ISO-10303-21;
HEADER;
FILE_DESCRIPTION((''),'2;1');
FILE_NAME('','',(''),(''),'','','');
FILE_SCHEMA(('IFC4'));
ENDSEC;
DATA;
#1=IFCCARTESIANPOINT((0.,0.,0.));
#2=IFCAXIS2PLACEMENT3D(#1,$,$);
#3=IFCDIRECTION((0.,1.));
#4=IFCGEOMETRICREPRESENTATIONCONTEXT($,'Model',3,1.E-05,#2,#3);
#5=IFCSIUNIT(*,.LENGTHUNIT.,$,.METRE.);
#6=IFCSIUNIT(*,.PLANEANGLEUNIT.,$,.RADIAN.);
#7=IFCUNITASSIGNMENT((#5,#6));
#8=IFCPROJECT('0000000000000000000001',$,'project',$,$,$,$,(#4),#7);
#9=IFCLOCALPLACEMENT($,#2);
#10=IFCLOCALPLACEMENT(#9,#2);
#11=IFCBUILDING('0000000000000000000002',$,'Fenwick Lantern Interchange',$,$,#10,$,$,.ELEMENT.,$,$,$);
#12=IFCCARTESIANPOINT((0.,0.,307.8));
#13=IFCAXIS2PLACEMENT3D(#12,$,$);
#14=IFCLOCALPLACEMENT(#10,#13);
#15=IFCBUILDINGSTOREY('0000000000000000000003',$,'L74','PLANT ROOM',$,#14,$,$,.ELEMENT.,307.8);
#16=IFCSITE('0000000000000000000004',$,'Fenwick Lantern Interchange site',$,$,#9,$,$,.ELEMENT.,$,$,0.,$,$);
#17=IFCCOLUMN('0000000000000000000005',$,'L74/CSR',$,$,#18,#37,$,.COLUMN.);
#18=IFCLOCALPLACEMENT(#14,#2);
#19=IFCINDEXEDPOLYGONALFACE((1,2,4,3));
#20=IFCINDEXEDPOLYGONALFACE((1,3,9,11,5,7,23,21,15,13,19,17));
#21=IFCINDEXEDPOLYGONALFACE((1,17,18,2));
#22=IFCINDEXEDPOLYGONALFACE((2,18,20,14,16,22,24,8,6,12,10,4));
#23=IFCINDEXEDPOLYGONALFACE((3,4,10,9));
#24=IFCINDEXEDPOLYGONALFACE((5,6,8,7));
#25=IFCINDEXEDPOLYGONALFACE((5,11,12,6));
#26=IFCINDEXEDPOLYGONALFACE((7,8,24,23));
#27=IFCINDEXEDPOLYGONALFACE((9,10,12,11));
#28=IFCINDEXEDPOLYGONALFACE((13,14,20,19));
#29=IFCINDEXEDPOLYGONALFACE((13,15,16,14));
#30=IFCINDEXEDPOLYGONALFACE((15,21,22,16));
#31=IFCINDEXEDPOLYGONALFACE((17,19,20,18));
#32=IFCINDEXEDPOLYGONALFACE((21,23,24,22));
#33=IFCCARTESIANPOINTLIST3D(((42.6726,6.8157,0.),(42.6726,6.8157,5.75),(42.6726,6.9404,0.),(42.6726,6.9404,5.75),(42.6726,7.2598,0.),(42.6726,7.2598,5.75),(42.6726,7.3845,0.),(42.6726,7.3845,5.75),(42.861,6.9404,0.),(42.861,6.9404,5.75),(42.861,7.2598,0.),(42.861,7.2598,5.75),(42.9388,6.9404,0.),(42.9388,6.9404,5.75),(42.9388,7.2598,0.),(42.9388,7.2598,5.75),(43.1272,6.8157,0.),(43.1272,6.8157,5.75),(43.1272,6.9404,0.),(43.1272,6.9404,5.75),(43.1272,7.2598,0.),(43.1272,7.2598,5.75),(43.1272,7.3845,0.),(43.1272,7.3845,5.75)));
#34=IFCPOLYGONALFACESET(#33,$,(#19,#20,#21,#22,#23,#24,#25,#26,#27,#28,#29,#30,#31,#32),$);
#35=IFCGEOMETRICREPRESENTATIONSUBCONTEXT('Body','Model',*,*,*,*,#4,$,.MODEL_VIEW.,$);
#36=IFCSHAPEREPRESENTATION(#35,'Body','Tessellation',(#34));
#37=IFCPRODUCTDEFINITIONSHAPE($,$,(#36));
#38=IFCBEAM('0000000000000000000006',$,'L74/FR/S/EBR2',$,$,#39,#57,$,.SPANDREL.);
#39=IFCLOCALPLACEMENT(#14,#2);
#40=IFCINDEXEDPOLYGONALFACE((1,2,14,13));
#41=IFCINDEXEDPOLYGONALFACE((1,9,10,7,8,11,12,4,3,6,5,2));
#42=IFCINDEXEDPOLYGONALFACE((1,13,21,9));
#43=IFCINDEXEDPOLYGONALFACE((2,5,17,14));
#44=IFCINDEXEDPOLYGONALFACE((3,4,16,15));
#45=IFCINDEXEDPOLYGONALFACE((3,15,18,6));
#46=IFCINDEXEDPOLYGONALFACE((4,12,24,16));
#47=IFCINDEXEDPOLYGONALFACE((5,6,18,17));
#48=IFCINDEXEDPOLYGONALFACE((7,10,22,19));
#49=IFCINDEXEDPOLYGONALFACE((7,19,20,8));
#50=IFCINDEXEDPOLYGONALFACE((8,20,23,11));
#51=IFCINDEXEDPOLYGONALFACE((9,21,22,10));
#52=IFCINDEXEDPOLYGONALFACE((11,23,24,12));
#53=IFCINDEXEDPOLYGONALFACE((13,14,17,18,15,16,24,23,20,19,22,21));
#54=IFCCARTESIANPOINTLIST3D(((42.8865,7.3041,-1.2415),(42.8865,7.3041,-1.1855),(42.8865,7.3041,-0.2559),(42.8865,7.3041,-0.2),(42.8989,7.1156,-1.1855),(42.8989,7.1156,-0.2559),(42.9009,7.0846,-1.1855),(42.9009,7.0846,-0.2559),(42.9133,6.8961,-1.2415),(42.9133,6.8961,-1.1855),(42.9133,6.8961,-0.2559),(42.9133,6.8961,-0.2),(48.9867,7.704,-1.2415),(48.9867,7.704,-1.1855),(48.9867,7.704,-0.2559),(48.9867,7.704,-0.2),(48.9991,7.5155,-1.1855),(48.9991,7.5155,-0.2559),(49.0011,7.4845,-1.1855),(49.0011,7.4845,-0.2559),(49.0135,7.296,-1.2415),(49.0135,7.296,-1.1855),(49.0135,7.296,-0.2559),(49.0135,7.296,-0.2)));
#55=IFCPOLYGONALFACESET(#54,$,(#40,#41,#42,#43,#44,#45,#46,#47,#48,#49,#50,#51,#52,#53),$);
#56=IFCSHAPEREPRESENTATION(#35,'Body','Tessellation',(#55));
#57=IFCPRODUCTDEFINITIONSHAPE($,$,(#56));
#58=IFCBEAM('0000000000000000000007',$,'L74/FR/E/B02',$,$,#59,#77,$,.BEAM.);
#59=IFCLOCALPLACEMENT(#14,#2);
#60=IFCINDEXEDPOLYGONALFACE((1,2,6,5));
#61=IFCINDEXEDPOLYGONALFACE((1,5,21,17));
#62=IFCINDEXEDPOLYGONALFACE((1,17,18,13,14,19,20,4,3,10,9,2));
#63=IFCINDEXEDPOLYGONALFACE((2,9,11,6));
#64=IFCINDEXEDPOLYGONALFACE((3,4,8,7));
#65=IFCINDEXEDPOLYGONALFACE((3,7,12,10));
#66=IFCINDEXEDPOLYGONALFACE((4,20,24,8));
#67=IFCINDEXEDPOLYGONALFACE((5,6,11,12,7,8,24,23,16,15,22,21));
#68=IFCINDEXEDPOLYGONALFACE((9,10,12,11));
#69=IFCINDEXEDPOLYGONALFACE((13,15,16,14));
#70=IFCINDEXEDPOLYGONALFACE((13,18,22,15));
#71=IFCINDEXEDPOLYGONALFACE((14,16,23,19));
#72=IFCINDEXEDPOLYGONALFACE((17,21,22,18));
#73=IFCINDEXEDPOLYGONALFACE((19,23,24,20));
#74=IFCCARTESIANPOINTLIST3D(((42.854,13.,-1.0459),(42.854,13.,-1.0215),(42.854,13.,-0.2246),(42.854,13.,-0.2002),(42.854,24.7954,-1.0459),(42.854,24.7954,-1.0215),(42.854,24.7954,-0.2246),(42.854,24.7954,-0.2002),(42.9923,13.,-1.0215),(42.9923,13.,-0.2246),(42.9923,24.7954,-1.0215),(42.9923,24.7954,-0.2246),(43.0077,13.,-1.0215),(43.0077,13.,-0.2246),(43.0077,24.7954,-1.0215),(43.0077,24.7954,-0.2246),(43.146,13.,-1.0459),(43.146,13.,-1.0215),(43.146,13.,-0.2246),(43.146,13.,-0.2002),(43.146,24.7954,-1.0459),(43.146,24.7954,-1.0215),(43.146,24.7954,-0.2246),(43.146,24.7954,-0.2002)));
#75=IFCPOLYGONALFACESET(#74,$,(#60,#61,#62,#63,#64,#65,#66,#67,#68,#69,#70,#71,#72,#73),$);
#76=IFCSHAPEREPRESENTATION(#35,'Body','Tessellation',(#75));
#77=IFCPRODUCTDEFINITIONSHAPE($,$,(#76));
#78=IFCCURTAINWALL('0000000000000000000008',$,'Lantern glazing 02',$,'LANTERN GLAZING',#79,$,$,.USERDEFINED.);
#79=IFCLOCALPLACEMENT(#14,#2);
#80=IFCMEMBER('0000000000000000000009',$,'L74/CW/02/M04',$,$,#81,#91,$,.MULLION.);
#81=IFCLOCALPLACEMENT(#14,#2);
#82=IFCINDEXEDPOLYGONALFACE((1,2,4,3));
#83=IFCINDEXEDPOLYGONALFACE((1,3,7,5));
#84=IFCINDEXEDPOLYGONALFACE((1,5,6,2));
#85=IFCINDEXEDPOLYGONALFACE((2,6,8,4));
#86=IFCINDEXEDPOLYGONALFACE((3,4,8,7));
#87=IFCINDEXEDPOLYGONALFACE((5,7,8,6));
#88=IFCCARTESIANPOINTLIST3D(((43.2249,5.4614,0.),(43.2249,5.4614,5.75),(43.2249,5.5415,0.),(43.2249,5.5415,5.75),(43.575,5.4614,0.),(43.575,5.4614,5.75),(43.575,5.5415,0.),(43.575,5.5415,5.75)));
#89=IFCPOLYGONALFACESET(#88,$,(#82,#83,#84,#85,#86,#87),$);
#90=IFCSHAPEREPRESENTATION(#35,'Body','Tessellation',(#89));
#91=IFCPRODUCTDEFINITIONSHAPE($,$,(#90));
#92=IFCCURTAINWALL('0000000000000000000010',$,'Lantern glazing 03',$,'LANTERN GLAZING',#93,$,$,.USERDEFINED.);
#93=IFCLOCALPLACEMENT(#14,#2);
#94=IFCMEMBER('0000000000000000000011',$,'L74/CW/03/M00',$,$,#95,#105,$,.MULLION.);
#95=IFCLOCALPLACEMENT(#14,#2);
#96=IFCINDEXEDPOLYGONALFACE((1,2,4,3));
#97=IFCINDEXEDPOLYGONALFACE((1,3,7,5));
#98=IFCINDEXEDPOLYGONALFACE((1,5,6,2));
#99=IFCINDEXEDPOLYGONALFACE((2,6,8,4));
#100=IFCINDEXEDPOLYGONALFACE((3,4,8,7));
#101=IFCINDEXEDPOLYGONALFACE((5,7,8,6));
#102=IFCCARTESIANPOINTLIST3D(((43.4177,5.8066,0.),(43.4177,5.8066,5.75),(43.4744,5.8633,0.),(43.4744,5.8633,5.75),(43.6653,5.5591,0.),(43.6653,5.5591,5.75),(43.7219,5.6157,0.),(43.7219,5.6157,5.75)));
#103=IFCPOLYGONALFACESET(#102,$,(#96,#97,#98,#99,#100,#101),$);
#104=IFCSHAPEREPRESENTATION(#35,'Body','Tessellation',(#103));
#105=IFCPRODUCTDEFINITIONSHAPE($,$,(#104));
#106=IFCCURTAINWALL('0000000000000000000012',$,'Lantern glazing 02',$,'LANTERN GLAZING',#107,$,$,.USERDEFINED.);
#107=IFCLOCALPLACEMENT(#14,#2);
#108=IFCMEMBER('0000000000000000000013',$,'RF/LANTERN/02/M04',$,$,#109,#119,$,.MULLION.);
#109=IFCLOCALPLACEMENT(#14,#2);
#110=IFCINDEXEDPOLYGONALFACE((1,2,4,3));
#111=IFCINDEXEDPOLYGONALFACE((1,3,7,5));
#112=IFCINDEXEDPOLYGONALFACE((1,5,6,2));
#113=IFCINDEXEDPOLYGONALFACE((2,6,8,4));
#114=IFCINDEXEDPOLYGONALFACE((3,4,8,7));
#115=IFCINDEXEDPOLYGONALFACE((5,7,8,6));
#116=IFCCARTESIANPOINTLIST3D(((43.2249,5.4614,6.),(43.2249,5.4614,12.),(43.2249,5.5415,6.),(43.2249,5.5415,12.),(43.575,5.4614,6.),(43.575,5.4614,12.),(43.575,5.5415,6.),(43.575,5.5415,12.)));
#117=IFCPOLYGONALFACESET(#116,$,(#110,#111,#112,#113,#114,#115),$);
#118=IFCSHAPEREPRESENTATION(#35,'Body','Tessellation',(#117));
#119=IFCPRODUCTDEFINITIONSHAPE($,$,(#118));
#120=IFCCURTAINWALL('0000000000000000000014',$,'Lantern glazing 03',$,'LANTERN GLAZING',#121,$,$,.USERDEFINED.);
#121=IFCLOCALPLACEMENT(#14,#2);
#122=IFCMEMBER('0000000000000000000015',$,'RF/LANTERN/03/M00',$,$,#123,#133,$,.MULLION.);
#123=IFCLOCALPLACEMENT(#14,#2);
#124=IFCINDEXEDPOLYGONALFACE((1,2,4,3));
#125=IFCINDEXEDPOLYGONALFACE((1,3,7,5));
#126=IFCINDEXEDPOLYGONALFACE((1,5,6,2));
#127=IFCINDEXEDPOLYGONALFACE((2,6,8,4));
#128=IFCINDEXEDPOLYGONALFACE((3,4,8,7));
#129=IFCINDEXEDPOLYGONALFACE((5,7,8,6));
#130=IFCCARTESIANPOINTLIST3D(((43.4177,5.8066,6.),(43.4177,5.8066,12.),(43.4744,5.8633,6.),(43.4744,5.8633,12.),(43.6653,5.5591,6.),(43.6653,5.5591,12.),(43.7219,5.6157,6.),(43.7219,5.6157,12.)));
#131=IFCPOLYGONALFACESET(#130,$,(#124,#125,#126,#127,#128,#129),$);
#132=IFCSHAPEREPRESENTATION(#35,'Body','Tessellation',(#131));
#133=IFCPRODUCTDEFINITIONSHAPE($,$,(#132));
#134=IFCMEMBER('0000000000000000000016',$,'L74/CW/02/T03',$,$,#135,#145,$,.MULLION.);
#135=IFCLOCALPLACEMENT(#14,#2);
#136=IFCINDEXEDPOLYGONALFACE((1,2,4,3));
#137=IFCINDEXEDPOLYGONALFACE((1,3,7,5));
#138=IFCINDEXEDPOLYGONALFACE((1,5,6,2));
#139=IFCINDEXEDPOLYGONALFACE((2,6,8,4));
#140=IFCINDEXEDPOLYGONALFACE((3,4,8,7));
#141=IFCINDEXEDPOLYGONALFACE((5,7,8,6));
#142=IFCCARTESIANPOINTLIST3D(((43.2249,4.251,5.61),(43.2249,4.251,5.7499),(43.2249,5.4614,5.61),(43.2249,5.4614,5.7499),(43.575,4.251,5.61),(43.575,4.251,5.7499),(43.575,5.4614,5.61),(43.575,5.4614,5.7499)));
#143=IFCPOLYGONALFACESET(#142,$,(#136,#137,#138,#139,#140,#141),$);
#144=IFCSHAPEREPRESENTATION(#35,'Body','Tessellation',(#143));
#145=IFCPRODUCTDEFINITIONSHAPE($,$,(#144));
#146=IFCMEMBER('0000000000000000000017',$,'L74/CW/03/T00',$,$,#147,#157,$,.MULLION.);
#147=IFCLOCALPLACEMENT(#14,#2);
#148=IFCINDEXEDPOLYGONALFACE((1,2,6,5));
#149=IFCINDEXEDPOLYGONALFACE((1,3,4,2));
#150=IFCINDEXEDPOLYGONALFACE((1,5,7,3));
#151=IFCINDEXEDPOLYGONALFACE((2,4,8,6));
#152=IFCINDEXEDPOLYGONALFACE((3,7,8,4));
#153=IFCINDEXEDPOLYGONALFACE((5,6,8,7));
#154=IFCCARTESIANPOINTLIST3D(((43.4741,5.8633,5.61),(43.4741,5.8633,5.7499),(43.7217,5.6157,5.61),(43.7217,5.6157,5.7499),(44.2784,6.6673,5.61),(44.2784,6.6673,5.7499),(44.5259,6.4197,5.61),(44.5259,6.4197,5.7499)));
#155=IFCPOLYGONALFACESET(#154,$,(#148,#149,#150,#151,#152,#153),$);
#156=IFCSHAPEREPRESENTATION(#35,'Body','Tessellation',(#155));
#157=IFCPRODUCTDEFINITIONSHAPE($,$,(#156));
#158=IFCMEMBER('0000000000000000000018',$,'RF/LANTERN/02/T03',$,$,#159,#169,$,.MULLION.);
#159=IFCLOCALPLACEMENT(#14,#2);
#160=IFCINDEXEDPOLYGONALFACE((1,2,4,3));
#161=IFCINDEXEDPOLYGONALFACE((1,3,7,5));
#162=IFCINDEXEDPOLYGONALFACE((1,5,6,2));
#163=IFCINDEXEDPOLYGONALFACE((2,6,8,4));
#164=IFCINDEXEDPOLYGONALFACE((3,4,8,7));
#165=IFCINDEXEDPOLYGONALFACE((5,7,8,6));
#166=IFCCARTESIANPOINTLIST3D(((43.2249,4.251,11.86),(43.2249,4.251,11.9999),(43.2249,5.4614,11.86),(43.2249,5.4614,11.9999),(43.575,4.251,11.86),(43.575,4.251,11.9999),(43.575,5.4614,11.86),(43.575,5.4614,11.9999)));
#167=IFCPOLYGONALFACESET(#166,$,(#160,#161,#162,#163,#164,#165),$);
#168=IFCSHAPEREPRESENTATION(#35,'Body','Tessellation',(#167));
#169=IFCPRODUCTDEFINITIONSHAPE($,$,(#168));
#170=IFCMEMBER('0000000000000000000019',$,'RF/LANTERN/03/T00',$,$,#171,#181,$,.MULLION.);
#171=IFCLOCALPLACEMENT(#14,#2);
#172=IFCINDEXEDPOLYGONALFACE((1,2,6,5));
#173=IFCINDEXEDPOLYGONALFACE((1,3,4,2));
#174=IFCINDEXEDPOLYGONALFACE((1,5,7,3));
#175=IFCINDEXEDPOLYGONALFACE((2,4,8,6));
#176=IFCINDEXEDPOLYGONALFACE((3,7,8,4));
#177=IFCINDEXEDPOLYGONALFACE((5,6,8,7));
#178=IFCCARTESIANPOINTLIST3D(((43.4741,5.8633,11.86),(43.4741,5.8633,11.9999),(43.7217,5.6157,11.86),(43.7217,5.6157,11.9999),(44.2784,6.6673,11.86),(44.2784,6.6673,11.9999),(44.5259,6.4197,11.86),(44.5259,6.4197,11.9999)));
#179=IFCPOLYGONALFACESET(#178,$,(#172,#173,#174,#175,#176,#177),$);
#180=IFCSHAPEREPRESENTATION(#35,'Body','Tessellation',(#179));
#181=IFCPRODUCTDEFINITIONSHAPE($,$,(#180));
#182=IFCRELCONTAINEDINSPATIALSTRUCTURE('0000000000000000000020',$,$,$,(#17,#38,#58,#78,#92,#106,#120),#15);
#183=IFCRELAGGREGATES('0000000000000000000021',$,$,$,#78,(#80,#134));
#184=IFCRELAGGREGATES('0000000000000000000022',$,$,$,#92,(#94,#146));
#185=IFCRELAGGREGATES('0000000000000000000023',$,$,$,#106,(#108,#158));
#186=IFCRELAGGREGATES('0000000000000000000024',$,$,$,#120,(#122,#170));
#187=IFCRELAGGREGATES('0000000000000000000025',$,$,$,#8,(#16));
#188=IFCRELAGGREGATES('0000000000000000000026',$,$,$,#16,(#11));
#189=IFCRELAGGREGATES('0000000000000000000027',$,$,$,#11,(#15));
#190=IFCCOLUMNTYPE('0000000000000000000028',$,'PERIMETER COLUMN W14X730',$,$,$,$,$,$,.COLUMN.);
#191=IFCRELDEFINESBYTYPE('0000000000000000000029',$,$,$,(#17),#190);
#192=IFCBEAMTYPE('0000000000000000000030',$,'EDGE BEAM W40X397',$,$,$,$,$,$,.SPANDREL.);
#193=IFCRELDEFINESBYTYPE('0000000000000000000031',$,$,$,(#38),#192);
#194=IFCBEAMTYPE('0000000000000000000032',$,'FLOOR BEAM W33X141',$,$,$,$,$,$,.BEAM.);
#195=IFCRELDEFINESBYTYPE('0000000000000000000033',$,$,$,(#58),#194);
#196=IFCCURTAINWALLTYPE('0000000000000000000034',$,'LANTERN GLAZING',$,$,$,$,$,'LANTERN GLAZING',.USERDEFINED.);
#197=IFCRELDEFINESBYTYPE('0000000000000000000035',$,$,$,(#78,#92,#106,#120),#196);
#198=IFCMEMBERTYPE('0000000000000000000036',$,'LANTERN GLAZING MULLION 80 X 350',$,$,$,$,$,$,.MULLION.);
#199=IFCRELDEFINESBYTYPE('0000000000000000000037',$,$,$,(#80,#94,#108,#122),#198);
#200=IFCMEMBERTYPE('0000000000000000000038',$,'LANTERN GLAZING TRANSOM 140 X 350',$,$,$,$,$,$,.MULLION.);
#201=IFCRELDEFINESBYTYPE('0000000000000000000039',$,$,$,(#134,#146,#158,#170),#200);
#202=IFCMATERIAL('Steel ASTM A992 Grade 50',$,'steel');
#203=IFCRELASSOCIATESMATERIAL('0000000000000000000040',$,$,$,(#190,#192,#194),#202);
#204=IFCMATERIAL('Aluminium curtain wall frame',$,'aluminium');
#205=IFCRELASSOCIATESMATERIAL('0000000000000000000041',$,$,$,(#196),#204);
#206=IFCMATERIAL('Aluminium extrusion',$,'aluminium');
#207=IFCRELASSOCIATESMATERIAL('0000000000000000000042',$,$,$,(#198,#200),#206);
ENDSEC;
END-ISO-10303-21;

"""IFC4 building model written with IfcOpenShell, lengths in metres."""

from ifc_helpers import new_model, si_unit, direction, frame, origin, origin_2d, place, context, subcontext, project, spatial, rectangle, i_section, extrude, material, material_profile, profile_set, type_object, element, aggregate, save


model = new_model("IFC4")

# Units and contexts
model_context = context("Model", 3, precision=1e-05, world=origin(), true_north=direction((0.0, 1.0)))
body_context = subcontext(model_context, "Body", "Model", "MODEL_VIEW")
ifc_project = project(units=[si_unit("LENGTHUNIT", "METRE"), si_unit("PLANEANGLEUNIT", "RADIAN")], contexts=[model_context])

# Site, building, storey
site_placement = place(None, origin())
site = spatial("IfcSite", under=ifc_project, at=site_placement, Name="Fenwick Lantern Interchange site", CompositionType="ELEMENT", RefElevation=0.0)
building_placement = place(site_placement, origin())
building = spatial("IfcBuilding", under=site, at=building_placement, Name="Fenwick Lantern Interchange", CompositionType="ELEMENT")
storey_placement = place(building_placement, frame((0.0, 0.0, 307.8)))
storey = spatial("IfcBuildingStorey", under=building, at=storey_placement, Name="L74", Description="PLANT ROOM", CompositionType="ELEMENT", Elevation=307.8)

# Column
ifc_material_1 = material(Name="Steel ASTM A992 Grade 50", Category="steel")
ifc_material_profile_1 = material_profile(ifc_material_1, i_section(OverallWidth=0.4546, OverallDepth=0.5688, WebThickness=0.0779, FlangeThickness=0.1248, at=origin_2d()), Name="W14X730")
ifc_profile_set_1 = profile_set([ifc_material_profile_1], Name="Steel ASTM A992 Grade 50")
column_type = type_object("IfcColumnType", Name="PERIMETER COLUMN W14X730", PredefinedType="COLUMN", material=ifc_profile_set_1)
column_placement = place(storey_placement, frame((42.8999, 7.1001, 0.0), z_axis=(0.0, 0.0, 1.0), x_axis=(1.0, 0.0, 0.0)))
element("IfcColumn", 1, at=column_placement, inside=storey, type_object=column_type, Name="L74/CSR", PredefinedType="COLUMN", context=body_context, shape_type="SweptSolid", body=[
    extrude(i_section(OverallWidth=0.4546, OverallDepth=0.5688, WebThickness=0.0779, FlangeThickness=0.1248, at=origin_2d()), origin(), (0.0, 0.0, 1.0), 5.75),
])

# Beams
ifc_material_profile_2 = material_profile(ifc_material_1, i_section(OverallWidth=0.4089, OverallDepth=1.0415, WebThickness=0.031, FlangeThickness=0.0559, at=origin_2d()), Name="W40X397")
ifc_profile_set_2 = profile_set([ifc_material_profile_2], Name="Steel ASTM A992 Grade 50")
beam_type_1 = type_object("IfcBeamType", Name="EDGE BEAM W40X397", PredefinedType="SPANDREL", material=ifc_profile_set_2)
beam_1_placement = place(storey_placement, frame((42.8999, 7.1001, -0.7207), z_axis=(0.997858, 0.065416, 0.0), x_axis=(-0.065416, 0.997858, 0.0)))
element("IfcBeam", 2, at=beam_1_placement, inside=storey, type_object=beam_type_1, Name="L74/FR/S/EBR2", PredefinedType="SPANDREL", context=body_context, shape_type="SweptSolid", body=[
    extrude(i_section(OverallWidth=0.4089, OverallDepth=1.0415, WebThickness=0.031, FlangeThickness=0.0559, at=origin_2d()), origin(), (0.0, 0.0, 1.0), 6.1133),
])
ifc_material_profile_3 = material_profile(ifc_material_1, i_section(OverallWidth=0.292, OverallDepth=0.8457, WebThickness=0.0154, FlangeThickness=0.0244, at=origin_2d()), Name="W33X141")
ifc_profile_set_3 = profile_set([ifc_material_profile_3], Name="Steel ASTM A992 Grade 50")
beam_type_2 = type_object("IfcBeamType", Name="FLOOR BEAM W33X141", PredefinedType="BEAM", material=ifc_profile_set_3)
beam_2_placement = place(storey_placement, frame((43.0, 13.0, -0.623), z_axis=(0.0, 1.0, 0.0), x_axis=(-1.0, 0.0, 0.0)))
element("IfcBeam", 3, at=beam_2_placement, inside=storey, type_object=beam_type_2, Name="L74/FR/E/B02", PredefinedType="BEAM", context=body_context, shape_type="SweptSolid", body=[
    extrude(i_section(OverallWidth=0.292, OverallDepth=0.8457, WebThickness=0.0154, FlangeThickness=0.0244, at=origin_2d()), origin(), (0.0, 0.0, 1.0), 11.7954),
])

# Curtain walls, members
ifc_material_2 = material(Name="Aluminium curtain wall frame", Category="aluminium")
curtain_wall_type = type_object("IfcCurtainWallType", Name="LANTERN GLAZING", ElementType="LANTERN GLAZING", PredefinedType="USERDEFINED", material=ifc_material_2)
curtain_wall_1_placement = place(storey_placement, origin())
curtain_wall_1 = element("IfcCurtainWall", 4, at=curtain_wall_1_placement, inside=storey, type_object=curtain_wall_type, Name="Lantern glazing 02", ObjectType="LANTERN GLAZING", PredefinedType="USERDEFINED")
ifc_material_3 = material(Name="Aluminium extrusion", Category="aluminium")
ifc_material_profile_4 = material_profile(ifc_material_3, rectangle(XDim=0.3501, YDim=0.0801, at=origin_2d()), Name="LANTERN GLAZING MULLION 80 X 350")
ifc_profile_set_4 = profile_set([ifc_material_profile_4], Name="Aluminium extrusion")
member_type_1 = type_object("IfcMemberType", Name="LANTERN GLAZING MULLION 80 X 350", PredefinedType="MULLION", material=ifc_profile_set_4)
member_1_placement = place(storey_placement, frame((43.3999, 5.5015, 0.0), z_axis=(0.0, 0.0, 1.0), x_axis=(-1.0, 0.0, 0.0)))
member_1 = element("IfcMember", 5, at=member_1_placement, type_object=member_type_1, Name="L74/CW/02/M04", PredefinedType="MULLION", context=body_context, shape_type="SweptSolid", body=[
    extrude(rectangle(XDim=0.3501, YDim=0.0801, at=origin_2d()), origin(), (0.0, 0.0, 1.0), 5.75),
])
curtain_wall_2_placement = place(storey_placement, origin())
curtain_wall_2 = element("IfcCurtainWall", 6, at=curtain_wall_2_placement, inside=storey, type_object=curtain_wall_type, Name="Lantern glazing 03", ObjectType="LANTERN GLAZING", PredefinedType="USERDEFINED")
member_2_placement = place(storey_placement, frame((43.5698, 5.7112, 0.0), z_axis=(0.0, 0.0, 1.0), x_axis=(-0.707107, 0.707107, 0.0)))
member_2 = element("IfcMember", 7, at=member_2_placement, type_object=member_type_1, Name="L74/CW/03/M00", PredefinedType="MULLION", context=body_context, shape_type="SweptSolid", body=[
    extrude(rectangle(XDim=0.3501, YDim=0.0801, at=origin_2d()), origin(), (0.0, 0.0, 1.0), 5.75),
])
curtain_wall_3_placement = place(storey_placement, origin())
curtain_wall_3 = element("IfcCurtainWall", 8, at=curtain_wall_3_placement, inside=storey, type_object=curtain_wall_type, Name="Lantern glazing 02", ObjectType="LANTERN GLAZING", PredefinedType="USERDEFINED")
member_3_placement = place(storey_placement, frame((43.3999, 5.5015, 6.0), z_axis=(0.0, 0.0, 1.0), x_axis=(-1.0, 0.0, 0.0)))
member_3 = element("IfcMember", 9, at=member_3_placement, type_object=member_type_1, Name="RF/LANTERN/02/M04", PredefinedType="MULLION", context=body_context, shape_type="SweptSolid", body=[
    extrude(rectangle(XDim=0.3501, YDim=0.0801, at=origin_2d()), origin(), (0.0, 0.0, 1.0), 6.0),
])
curtain_wall_4_placement = place(storey_placement, origin())
curtain_wall_4 = element("IfcCurtainWall", 10, at=curtain_wall_4_placement, inside=storey, type_object=curtain_wall_type, Name="Lantern glazing 03", ObjectType="LANTERN GLAZING", PredefinedType="USERDEFINED")
member_4_placement = place(storey_placement, frame((43.5698, 5.7112, 6.0), z_axis=(0.0, 0.0, 1.0), x_axis=(-0.707107, 0.707107, 0.0)))
member_4 = element("IfcMember", 11, at=member_4_placement, type_object=member_type_1, Name="RF/LANTERN/03/M00", PredefinedType="MULLION", context=body_context, shape_type="SweptSolid", body=[
    extrude(rectangle(XDim=0.3501, YDim=0.0801, at=origin_2d()), origin(), (0.0, 0.0, 1.0), 6.0),
])

# Members
ifc_material_profile_5 = material_profile(ifc_material_3, rectangle(XDim=0.3501, YDim=0.1399, at=origin_2d()), Name="LANTERN GLAZING TRANSOM 140 X 350")
ifc_profile_set_5 = profile_set([ifc_material_profile_5], Name="Aluminium extrusion")
member_type_2 = type_object("IfcMemberType", Name="LANTERN GLAZING TRANSOM 140 X 350", PredefinedType="MULLION", material=ifc_profile_set_5)
member_5_placement = place(storey_placement, frame((43.3999, 4.251, 5.6799), z_axis=(0.0, 1.0, 0.0), x_axis=(-1.0, 0.0, 0.0)))
member_5 = element("IfcMember", 12, at=member_5_placement, type_object=member_type_2, Name="L74/CW/02/T03", PredefinedType="MULLION", context=body_context, shape_type="SweptSolid", body=[
    extrude(rectangle(XDim=0.3501, YDim=0.1399, at=origin_2d()), origin(), (0.0, 0.0, 1.0), 1.2104),
])
member_6_placement = place(storey_placement, frame((43.5979, 5.7395, 5.6799), z_axis=(0.707214, 0.706999, 0.0), x_axis=(-0.706999, 0.707214, 0.0)))
member_6 = element("IfcMember", 13, at=member_6_placement, type_object=member_type_2, Name="L74/CW/03/T00", PredefinedType="MULLION", context=body_context, shape_type="SweptSolid", body=[
    extrude(rectangle(XDim=0.3501, YDim=0.1399, at=origin_2d()), origin(), (0.0, 0.0, 1.0), 1.1372),
])
member_7_placement = place(storey_placement, frame((43.3999, 4.251, 11.9299), z_axis=(0.0, 1.0, 0.0), x_axis=(-1.0, 0.0, 0.0)))
member_7 = element("IfcMember", 14, at=member_7_placement, type_object=member_type_2, Name="RF/LANTERN/02/T03", PredefinedType="MULLION", context=body_context, shape_type="SweptSolid", body=[
    extrude(rectangle(XDim=0.3501, YDim=0.1399, at=origin_2d()), origin(), (0.0, 0.0, 1.0), 1.2104),
])
member_8_placement = place(storey_placement, frame((43.5979, 5.7395, 11.9299), z_axis=(0.707214, 0.706999, 0.0), x_axis=(-0.706999, 0.707214, 0.0)))
member_8 = element("IfcMember", 15, at=member_8_placement, type_object=member_type_2, Name="RF/LANTERN/03/T00", PredefinedType="MULLION", context=body_context, shape_type="SweptSolid", body=[
    extrude(rectangle(XDim=0.3501, YDim=0.1399, at=origin_2d()), origin(), (0.0, 0.0, 1.0), 1.1372),
])

aggregate(curtain_wall_1, [member_1, member_5])
aggregate(curtain_wall_2, [member_2, member_6])
aggregate(curtain_wall_3, [member_3, member_7])
aggregate(curtain_wall_4, [member_4, member_8])

save(model, "model.ifc")
